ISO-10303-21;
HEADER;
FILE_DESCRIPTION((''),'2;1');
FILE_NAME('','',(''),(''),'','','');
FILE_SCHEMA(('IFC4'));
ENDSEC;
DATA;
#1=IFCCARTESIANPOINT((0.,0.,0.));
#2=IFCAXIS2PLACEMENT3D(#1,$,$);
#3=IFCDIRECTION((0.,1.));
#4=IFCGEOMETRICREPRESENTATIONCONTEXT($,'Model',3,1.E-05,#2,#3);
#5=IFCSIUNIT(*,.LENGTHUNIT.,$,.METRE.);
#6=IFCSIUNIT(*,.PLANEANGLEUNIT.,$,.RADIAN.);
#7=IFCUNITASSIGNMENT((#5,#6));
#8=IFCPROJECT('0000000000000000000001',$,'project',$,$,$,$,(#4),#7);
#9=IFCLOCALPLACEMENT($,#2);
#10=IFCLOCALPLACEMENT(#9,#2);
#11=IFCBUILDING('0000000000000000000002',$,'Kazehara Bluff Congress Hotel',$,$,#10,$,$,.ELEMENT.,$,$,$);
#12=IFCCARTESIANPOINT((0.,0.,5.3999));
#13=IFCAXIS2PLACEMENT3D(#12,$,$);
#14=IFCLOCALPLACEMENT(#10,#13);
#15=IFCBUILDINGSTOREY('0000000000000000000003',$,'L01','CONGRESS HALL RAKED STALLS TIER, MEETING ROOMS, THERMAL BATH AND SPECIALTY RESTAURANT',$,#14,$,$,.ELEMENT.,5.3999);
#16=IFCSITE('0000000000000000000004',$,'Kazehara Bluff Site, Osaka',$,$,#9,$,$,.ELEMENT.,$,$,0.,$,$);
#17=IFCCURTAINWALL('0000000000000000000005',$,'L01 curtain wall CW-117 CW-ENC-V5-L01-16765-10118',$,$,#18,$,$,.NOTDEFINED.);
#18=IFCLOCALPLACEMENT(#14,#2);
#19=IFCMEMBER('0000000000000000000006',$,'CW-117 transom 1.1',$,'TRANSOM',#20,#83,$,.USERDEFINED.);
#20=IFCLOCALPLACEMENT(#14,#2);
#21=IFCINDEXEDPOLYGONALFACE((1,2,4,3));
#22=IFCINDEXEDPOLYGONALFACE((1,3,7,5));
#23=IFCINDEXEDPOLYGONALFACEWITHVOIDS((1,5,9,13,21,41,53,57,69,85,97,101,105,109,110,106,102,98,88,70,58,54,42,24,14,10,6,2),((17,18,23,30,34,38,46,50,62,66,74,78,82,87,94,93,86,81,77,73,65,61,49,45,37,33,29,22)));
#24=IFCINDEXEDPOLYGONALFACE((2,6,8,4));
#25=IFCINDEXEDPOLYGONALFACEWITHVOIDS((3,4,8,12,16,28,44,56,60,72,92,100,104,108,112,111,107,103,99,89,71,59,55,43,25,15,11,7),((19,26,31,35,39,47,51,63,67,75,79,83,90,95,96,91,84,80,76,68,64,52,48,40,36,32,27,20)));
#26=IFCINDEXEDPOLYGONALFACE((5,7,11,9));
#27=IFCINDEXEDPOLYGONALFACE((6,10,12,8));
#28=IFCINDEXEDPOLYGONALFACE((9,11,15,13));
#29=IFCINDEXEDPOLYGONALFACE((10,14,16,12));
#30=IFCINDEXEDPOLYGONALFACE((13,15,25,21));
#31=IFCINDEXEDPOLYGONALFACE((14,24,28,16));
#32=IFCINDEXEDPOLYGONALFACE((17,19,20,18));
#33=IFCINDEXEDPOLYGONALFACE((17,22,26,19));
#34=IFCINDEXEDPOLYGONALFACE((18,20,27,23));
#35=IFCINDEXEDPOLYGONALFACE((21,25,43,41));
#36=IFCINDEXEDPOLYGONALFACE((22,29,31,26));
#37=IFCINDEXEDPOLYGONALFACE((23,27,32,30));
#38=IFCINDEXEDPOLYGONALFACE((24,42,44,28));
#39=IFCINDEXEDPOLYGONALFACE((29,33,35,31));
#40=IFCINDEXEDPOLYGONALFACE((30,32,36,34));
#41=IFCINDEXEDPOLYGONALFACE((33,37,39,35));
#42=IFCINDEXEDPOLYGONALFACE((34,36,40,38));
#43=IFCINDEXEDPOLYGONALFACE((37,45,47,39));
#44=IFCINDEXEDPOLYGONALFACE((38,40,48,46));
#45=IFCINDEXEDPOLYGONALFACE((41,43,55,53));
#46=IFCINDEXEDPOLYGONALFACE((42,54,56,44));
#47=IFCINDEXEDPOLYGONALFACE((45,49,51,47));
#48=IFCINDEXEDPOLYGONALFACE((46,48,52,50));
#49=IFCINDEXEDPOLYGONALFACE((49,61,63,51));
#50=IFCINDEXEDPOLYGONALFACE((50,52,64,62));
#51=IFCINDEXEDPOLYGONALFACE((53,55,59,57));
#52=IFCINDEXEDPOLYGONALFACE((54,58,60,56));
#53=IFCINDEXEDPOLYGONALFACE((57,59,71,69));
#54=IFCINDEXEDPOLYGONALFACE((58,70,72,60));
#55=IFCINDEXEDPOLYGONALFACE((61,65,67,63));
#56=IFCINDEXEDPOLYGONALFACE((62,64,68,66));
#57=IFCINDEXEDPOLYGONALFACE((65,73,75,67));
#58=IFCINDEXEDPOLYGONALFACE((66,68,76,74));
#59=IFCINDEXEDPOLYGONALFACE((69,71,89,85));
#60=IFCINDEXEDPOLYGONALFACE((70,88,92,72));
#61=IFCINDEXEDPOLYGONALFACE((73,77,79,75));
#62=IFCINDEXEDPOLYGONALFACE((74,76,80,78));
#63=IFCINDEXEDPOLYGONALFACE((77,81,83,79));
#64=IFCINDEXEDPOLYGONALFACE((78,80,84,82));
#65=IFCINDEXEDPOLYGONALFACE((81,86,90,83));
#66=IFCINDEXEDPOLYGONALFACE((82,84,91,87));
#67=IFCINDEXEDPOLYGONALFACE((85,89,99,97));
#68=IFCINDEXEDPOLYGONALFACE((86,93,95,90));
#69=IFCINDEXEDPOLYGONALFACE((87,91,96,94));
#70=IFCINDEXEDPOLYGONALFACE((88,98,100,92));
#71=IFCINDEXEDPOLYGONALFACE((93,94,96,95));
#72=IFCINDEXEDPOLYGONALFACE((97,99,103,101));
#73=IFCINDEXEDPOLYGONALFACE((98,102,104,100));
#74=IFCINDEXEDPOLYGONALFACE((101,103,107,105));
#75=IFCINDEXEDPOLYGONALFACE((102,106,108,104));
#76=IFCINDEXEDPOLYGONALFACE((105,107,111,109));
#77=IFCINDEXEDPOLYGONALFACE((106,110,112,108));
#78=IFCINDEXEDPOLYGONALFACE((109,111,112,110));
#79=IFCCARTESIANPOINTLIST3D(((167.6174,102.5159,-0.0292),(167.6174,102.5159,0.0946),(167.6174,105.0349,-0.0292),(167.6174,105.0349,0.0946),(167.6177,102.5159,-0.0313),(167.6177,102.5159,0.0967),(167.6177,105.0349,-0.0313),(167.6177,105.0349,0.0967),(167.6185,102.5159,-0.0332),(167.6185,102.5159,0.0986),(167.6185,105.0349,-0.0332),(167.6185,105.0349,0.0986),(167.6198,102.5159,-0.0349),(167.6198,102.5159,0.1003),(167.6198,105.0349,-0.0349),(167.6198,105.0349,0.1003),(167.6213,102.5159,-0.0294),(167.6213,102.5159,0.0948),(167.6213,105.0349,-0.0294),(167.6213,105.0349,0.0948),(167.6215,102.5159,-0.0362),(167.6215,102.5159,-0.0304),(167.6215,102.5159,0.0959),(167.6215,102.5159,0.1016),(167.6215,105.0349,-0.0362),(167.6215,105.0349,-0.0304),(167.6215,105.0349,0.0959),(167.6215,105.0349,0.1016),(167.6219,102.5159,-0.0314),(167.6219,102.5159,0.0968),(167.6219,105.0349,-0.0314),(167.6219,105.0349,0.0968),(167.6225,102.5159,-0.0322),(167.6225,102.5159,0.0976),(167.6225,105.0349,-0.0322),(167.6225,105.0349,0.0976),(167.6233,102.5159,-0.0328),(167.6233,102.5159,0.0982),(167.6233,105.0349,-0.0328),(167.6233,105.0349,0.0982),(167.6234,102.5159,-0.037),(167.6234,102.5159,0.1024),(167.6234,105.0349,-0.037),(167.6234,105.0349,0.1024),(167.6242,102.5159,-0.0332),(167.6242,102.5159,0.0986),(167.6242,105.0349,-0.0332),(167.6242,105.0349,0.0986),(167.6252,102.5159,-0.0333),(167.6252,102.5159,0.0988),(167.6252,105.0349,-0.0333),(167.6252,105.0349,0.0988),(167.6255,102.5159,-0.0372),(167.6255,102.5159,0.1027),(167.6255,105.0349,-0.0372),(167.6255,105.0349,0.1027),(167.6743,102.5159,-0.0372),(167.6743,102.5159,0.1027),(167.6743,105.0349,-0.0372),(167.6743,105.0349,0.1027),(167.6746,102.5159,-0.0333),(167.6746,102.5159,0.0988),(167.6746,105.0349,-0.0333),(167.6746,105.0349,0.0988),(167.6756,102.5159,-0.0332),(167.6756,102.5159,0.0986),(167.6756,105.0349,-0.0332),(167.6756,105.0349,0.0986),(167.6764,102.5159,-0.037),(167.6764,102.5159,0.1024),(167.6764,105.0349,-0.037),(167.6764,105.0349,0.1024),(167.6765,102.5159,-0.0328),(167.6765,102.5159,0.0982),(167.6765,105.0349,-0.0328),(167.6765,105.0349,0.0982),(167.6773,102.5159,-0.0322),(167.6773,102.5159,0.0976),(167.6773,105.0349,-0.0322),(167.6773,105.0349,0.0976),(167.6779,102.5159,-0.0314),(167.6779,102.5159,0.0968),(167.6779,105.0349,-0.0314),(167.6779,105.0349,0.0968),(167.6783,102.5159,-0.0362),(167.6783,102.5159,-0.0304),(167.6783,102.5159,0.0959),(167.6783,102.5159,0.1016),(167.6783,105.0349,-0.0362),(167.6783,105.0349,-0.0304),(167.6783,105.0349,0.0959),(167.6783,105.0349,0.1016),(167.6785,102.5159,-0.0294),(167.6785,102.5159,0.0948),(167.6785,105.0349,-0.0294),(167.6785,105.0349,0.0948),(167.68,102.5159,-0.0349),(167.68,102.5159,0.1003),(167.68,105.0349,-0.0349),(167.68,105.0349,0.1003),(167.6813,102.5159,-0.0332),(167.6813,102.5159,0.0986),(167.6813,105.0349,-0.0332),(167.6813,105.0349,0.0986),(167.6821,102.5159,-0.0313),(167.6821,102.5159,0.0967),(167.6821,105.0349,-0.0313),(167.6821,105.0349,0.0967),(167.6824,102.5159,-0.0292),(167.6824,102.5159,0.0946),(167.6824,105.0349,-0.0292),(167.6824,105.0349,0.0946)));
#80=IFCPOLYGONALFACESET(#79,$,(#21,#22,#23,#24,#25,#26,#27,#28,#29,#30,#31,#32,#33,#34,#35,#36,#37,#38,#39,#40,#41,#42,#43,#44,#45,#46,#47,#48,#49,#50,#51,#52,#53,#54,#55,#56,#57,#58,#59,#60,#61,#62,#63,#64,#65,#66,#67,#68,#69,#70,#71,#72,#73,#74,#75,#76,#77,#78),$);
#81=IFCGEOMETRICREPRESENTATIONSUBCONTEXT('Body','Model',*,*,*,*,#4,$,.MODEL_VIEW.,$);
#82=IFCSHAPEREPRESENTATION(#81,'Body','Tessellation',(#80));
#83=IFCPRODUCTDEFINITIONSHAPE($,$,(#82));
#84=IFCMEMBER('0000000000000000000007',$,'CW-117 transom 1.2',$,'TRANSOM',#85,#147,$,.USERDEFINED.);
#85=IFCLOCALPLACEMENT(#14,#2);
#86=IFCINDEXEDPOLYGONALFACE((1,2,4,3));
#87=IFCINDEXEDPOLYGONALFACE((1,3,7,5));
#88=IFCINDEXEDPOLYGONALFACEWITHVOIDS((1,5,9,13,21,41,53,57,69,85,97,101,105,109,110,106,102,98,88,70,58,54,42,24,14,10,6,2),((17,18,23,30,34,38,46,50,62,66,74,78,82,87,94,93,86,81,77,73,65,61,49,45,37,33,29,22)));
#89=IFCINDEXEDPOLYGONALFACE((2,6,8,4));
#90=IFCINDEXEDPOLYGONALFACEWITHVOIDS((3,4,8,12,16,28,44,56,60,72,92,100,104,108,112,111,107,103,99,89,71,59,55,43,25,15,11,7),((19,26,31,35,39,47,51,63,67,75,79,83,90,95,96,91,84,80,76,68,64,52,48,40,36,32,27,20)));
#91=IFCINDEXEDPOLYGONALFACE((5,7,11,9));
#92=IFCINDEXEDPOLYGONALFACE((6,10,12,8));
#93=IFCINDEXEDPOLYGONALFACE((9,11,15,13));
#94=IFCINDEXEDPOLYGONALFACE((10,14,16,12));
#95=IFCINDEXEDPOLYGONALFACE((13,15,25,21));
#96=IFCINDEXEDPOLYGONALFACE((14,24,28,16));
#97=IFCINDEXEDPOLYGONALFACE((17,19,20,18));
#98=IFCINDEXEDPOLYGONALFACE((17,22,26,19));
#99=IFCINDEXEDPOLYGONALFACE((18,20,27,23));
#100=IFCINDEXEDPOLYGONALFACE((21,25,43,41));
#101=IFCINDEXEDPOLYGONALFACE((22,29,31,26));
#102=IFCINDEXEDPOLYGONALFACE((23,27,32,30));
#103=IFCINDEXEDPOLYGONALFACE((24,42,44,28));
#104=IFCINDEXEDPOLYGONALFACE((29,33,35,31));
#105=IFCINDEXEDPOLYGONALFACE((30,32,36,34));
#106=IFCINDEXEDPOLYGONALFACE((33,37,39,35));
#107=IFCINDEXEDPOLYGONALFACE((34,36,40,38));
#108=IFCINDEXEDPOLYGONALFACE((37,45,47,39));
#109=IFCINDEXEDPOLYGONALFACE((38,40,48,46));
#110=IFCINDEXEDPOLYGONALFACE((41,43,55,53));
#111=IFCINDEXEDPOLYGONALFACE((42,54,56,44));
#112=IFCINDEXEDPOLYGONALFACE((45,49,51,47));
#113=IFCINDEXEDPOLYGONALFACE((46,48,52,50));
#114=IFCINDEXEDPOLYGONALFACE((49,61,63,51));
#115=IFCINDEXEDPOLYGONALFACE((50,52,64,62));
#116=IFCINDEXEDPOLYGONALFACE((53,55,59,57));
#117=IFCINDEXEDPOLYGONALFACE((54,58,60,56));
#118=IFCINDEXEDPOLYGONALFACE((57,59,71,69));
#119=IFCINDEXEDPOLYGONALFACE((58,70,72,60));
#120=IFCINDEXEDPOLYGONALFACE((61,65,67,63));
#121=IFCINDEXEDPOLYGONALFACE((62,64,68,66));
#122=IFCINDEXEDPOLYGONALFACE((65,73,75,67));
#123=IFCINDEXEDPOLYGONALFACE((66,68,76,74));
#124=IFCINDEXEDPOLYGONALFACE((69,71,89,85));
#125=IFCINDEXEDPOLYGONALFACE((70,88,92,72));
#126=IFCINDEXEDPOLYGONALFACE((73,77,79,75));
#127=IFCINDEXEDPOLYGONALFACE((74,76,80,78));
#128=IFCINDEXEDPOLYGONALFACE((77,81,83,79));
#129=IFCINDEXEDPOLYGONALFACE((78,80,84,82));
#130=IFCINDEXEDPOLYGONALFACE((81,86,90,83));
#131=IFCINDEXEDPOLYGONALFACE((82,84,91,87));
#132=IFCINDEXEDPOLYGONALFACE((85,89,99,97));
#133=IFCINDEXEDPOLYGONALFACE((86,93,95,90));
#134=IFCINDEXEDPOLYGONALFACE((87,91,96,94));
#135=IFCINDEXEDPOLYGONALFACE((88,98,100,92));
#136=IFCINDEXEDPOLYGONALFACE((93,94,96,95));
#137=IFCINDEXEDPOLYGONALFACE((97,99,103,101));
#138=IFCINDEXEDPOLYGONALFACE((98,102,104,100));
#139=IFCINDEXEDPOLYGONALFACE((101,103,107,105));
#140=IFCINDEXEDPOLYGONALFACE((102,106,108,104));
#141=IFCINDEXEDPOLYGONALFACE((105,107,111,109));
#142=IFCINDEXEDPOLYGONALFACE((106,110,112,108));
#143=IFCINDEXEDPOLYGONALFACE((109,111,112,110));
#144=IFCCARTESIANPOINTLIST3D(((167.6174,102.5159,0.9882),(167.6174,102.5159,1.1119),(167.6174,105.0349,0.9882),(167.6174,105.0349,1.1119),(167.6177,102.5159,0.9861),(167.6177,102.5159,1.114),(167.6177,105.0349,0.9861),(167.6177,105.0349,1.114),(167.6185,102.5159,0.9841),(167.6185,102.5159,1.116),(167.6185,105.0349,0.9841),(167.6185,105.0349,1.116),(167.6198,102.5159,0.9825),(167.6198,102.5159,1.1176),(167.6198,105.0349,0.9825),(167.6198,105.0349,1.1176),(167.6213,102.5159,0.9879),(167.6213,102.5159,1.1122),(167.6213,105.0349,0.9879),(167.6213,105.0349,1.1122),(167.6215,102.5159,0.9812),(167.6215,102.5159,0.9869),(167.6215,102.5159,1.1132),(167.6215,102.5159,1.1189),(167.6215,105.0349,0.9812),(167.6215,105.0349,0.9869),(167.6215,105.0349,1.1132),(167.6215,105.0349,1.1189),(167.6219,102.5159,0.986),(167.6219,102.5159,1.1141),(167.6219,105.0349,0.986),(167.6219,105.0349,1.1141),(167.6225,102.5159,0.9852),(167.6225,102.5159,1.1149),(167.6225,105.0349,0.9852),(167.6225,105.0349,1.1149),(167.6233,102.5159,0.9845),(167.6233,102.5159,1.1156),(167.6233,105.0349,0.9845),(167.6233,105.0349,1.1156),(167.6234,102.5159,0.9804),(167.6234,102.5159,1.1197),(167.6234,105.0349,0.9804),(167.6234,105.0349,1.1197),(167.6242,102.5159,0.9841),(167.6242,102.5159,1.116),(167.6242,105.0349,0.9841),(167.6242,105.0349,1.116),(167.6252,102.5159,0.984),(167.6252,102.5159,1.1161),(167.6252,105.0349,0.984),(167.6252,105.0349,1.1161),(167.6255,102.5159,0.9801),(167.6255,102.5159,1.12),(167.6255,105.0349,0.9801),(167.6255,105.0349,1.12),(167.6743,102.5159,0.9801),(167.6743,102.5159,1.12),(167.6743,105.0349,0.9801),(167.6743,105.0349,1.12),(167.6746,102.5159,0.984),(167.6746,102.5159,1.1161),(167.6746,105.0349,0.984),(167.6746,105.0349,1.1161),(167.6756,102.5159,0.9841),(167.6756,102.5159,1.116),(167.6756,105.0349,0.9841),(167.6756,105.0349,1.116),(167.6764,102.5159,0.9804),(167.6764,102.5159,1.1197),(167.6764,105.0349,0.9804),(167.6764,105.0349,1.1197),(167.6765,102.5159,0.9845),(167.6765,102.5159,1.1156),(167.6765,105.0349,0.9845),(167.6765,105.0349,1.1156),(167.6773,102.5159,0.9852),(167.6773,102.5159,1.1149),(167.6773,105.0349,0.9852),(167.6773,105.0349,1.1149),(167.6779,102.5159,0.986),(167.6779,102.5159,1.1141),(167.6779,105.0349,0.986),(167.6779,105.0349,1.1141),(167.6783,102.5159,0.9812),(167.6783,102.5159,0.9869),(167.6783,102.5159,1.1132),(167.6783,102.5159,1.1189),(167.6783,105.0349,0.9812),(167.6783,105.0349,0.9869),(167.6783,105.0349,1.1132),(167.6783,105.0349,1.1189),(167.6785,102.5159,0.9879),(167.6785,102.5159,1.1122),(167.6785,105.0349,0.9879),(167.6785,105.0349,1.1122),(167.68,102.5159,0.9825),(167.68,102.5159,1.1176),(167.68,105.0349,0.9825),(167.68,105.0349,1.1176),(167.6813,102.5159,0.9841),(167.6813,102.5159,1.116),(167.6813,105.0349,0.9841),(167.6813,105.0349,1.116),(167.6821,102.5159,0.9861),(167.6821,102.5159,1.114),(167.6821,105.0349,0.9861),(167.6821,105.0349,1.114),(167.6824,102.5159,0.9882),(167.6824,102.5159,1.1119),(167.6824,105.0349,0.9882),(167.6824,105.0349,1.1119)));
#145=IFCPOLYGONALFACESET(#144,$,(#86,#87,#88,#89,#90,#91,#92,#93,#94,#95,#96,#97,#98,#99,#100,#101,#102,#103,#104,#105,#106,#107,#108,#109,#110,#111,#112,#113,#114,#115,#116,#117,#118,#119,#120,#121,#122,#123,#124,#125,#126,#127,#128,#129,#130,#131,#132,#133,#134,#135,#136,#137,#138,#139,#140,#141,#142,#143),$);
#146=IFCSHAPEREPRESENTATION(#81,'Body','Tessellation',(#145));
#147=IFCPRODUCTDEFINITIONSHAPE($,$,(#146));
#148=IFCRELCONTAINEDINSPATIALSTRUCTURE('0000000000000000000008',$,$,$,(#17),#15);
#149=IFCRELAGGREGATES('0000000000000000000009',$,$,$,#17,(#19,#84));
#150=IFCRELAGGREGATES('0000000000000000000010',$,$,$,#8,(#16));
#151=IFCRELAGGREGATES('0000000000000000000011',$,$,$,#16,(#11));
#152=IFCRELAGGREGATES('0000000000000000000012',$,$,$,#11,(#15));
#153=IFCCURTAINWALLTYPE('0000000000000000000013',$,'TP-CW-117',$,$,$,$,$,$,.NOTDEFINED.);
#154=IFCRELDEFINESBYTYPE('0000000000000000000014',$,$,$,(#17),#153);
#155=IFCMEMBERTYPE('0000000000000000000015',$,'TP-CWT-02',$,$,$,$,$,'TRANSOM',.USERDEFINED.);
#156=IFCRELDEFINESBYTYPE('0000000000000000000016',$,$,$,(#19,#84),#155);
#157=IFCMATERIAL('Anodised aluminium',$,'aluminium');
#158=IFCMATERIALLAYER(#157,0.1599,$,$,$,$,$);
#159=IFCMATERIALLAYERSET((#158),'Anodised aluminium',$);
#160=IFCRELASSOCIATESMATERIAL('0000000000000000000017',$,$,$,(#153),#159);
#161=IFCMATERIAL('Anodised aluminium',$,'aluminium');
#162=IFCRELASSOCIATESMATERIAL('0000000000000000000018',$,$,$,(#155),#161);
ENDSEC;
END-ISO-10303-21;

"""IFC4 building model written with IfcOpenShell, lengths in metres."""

from ifc_helpers import new_model, si_unit, direction, frame, origin, origin_2d, place, context, subcontext, project, spatial, hollow_rectangle, extrude, material, layer, layer_set, material_profile, profile_set, type_object, element, aggregate, save


model = new_model("IFC4")

# Units and contexts
model_context = context("Model", 3, precision=1e-05, world=origin(), true_north=direction((0.0, 1.0)))
body_context = subcontext(model_context, "Body", "Model", "MODEL_VIEW")
ifc_project = project(units=[si_unit("LENGTHUNIT", "METRE"), si_unit("PLANEANGLEUNIT", "RADIAN")], contexts=[model_context])

# Site, building, storey
site_placement = place(None, origin())
site = spatial("IfcSite", under=ifc_project, at=site_placement, Name="Kazehara Bluff Site, Osaka", CompositionType="ELEMENT", RefElevation=0.0)
building_placement = place(site_placement, origin())
building = spatial("IfcBuilding", under=site, at=building_placement, Name="Kazehara Bluff Congress Hotel", CompositionType="ELEMENT")
storey_placement = place(building_placement, frame((0.0, 0.0, 5.3999)))
storey = spatial("IfcBuildingStorey", under=building, at=storey_placement, Name="L01", Description="CONGRESS HALL RAKED STALLS TIER, MEETING ROOMS, THERMAL BATH AND SPECIALTY RESTAURANT", CompositionType="ELEMENT", Elevation=5.3999)

# Curtain wall
ifc_material_1 = material(Name="Anodised aluminium", Category="aluminium")
ifc_layer_1 = layer(ifc_material_1, 0.1599)
ifc_layer_set_1 = layer_set([ifc_layer_1], Name="Anodised aluminium")
curtain_wall_type_1 = type_object("IfcCurtainWallType", Name="TP-CW-117", PredefinedType="NOTDEFINED", material=ifc_layer_set_1)
curtain_wall_1_placement = place(storey_placement, origin())
curtain_wall_1 = element("IfcCurtainWall", 1, at=curtain_wall_1_placement, inside=storey, type_object=curtain_wall_type_1, Name="L01 curtain wall CW-117 CW-ENC-V5-L01-16765-10118", PredefinedType="NOTDEFINED")

# Members
ifc_material_2 = material(Name="Anodised aluminium", Category="aluminium")
ifc_material_profile_1 = material_profile(ifc_material_2, hollow_rectangle(XDim=0.0649, YDim=0.1399, WallThickness=0.0039, InnerFilletRadius=0.0039, OuterFilletRadius=0.0081, at=origin_2d()))
ifc_profile_set_1 = profile_set([ifc_material_profile_1], Name="Anodised aluminium")
member_type_1 = type_object("IfcMemberType", Name="TP-CWT-02", ElementType="TRANSOM", PredefinedType="USERDEFINED", material=ifc_profile_set_1)
member_1_placement = place(storey_placement, frame((167.6499, 105.0349, 0.0327), z_axis=(0.0, -1.0, 0.0), x_axis=(1.0, 0.0, 0.0)))
member_1 = element("IfcMember", 2, at=member_1_placement, type_object=member_type_1, Name="CW-117 transom 1.1", ObjectType="TRANSOM", PredefinedType="USERDEFINED", context=body_context, shape_type="SweptSolid", body=[
    extrude(hollow_rectangle(XDim=0.0649, YDim=0.1399, WallThickness=0.0039, InnerFilletRadius=0.0039, OuterFilletRadius=0.0081, at=origin_2d()), origin(), (0.0, 0.0, 1.0), 2.519),
])
member_2_placement = place(storey_placement, frame((167.6499, 105.0349, 1.05), z_axis=(0.0, -1.0, 0.0), x_axis=(1.0, 0.0, 0.0)))
member_2 = element("IfcMember", 3, at=member_2_placement, type_object=member_type_1, Name="CW-117 transom 1.2", ObjectType="TRANSOM", PredefinedType="USERDEFINED", context=body_context, shape_type="SweptSolid", body=[
    extrude(hollow_rectangle(XDim=0.0649, YDim=0.1399, WallThickness=0.0039, InnerFilletRadius=0.0039, OuterFilletRadius=0.0081, at=origin_2d()), origin(), (0.0, 0.0, 1.0), 2.519),
])

aggregate(curtain_wall_1, [member_1, member_2])

save(model, "model.ifc")
